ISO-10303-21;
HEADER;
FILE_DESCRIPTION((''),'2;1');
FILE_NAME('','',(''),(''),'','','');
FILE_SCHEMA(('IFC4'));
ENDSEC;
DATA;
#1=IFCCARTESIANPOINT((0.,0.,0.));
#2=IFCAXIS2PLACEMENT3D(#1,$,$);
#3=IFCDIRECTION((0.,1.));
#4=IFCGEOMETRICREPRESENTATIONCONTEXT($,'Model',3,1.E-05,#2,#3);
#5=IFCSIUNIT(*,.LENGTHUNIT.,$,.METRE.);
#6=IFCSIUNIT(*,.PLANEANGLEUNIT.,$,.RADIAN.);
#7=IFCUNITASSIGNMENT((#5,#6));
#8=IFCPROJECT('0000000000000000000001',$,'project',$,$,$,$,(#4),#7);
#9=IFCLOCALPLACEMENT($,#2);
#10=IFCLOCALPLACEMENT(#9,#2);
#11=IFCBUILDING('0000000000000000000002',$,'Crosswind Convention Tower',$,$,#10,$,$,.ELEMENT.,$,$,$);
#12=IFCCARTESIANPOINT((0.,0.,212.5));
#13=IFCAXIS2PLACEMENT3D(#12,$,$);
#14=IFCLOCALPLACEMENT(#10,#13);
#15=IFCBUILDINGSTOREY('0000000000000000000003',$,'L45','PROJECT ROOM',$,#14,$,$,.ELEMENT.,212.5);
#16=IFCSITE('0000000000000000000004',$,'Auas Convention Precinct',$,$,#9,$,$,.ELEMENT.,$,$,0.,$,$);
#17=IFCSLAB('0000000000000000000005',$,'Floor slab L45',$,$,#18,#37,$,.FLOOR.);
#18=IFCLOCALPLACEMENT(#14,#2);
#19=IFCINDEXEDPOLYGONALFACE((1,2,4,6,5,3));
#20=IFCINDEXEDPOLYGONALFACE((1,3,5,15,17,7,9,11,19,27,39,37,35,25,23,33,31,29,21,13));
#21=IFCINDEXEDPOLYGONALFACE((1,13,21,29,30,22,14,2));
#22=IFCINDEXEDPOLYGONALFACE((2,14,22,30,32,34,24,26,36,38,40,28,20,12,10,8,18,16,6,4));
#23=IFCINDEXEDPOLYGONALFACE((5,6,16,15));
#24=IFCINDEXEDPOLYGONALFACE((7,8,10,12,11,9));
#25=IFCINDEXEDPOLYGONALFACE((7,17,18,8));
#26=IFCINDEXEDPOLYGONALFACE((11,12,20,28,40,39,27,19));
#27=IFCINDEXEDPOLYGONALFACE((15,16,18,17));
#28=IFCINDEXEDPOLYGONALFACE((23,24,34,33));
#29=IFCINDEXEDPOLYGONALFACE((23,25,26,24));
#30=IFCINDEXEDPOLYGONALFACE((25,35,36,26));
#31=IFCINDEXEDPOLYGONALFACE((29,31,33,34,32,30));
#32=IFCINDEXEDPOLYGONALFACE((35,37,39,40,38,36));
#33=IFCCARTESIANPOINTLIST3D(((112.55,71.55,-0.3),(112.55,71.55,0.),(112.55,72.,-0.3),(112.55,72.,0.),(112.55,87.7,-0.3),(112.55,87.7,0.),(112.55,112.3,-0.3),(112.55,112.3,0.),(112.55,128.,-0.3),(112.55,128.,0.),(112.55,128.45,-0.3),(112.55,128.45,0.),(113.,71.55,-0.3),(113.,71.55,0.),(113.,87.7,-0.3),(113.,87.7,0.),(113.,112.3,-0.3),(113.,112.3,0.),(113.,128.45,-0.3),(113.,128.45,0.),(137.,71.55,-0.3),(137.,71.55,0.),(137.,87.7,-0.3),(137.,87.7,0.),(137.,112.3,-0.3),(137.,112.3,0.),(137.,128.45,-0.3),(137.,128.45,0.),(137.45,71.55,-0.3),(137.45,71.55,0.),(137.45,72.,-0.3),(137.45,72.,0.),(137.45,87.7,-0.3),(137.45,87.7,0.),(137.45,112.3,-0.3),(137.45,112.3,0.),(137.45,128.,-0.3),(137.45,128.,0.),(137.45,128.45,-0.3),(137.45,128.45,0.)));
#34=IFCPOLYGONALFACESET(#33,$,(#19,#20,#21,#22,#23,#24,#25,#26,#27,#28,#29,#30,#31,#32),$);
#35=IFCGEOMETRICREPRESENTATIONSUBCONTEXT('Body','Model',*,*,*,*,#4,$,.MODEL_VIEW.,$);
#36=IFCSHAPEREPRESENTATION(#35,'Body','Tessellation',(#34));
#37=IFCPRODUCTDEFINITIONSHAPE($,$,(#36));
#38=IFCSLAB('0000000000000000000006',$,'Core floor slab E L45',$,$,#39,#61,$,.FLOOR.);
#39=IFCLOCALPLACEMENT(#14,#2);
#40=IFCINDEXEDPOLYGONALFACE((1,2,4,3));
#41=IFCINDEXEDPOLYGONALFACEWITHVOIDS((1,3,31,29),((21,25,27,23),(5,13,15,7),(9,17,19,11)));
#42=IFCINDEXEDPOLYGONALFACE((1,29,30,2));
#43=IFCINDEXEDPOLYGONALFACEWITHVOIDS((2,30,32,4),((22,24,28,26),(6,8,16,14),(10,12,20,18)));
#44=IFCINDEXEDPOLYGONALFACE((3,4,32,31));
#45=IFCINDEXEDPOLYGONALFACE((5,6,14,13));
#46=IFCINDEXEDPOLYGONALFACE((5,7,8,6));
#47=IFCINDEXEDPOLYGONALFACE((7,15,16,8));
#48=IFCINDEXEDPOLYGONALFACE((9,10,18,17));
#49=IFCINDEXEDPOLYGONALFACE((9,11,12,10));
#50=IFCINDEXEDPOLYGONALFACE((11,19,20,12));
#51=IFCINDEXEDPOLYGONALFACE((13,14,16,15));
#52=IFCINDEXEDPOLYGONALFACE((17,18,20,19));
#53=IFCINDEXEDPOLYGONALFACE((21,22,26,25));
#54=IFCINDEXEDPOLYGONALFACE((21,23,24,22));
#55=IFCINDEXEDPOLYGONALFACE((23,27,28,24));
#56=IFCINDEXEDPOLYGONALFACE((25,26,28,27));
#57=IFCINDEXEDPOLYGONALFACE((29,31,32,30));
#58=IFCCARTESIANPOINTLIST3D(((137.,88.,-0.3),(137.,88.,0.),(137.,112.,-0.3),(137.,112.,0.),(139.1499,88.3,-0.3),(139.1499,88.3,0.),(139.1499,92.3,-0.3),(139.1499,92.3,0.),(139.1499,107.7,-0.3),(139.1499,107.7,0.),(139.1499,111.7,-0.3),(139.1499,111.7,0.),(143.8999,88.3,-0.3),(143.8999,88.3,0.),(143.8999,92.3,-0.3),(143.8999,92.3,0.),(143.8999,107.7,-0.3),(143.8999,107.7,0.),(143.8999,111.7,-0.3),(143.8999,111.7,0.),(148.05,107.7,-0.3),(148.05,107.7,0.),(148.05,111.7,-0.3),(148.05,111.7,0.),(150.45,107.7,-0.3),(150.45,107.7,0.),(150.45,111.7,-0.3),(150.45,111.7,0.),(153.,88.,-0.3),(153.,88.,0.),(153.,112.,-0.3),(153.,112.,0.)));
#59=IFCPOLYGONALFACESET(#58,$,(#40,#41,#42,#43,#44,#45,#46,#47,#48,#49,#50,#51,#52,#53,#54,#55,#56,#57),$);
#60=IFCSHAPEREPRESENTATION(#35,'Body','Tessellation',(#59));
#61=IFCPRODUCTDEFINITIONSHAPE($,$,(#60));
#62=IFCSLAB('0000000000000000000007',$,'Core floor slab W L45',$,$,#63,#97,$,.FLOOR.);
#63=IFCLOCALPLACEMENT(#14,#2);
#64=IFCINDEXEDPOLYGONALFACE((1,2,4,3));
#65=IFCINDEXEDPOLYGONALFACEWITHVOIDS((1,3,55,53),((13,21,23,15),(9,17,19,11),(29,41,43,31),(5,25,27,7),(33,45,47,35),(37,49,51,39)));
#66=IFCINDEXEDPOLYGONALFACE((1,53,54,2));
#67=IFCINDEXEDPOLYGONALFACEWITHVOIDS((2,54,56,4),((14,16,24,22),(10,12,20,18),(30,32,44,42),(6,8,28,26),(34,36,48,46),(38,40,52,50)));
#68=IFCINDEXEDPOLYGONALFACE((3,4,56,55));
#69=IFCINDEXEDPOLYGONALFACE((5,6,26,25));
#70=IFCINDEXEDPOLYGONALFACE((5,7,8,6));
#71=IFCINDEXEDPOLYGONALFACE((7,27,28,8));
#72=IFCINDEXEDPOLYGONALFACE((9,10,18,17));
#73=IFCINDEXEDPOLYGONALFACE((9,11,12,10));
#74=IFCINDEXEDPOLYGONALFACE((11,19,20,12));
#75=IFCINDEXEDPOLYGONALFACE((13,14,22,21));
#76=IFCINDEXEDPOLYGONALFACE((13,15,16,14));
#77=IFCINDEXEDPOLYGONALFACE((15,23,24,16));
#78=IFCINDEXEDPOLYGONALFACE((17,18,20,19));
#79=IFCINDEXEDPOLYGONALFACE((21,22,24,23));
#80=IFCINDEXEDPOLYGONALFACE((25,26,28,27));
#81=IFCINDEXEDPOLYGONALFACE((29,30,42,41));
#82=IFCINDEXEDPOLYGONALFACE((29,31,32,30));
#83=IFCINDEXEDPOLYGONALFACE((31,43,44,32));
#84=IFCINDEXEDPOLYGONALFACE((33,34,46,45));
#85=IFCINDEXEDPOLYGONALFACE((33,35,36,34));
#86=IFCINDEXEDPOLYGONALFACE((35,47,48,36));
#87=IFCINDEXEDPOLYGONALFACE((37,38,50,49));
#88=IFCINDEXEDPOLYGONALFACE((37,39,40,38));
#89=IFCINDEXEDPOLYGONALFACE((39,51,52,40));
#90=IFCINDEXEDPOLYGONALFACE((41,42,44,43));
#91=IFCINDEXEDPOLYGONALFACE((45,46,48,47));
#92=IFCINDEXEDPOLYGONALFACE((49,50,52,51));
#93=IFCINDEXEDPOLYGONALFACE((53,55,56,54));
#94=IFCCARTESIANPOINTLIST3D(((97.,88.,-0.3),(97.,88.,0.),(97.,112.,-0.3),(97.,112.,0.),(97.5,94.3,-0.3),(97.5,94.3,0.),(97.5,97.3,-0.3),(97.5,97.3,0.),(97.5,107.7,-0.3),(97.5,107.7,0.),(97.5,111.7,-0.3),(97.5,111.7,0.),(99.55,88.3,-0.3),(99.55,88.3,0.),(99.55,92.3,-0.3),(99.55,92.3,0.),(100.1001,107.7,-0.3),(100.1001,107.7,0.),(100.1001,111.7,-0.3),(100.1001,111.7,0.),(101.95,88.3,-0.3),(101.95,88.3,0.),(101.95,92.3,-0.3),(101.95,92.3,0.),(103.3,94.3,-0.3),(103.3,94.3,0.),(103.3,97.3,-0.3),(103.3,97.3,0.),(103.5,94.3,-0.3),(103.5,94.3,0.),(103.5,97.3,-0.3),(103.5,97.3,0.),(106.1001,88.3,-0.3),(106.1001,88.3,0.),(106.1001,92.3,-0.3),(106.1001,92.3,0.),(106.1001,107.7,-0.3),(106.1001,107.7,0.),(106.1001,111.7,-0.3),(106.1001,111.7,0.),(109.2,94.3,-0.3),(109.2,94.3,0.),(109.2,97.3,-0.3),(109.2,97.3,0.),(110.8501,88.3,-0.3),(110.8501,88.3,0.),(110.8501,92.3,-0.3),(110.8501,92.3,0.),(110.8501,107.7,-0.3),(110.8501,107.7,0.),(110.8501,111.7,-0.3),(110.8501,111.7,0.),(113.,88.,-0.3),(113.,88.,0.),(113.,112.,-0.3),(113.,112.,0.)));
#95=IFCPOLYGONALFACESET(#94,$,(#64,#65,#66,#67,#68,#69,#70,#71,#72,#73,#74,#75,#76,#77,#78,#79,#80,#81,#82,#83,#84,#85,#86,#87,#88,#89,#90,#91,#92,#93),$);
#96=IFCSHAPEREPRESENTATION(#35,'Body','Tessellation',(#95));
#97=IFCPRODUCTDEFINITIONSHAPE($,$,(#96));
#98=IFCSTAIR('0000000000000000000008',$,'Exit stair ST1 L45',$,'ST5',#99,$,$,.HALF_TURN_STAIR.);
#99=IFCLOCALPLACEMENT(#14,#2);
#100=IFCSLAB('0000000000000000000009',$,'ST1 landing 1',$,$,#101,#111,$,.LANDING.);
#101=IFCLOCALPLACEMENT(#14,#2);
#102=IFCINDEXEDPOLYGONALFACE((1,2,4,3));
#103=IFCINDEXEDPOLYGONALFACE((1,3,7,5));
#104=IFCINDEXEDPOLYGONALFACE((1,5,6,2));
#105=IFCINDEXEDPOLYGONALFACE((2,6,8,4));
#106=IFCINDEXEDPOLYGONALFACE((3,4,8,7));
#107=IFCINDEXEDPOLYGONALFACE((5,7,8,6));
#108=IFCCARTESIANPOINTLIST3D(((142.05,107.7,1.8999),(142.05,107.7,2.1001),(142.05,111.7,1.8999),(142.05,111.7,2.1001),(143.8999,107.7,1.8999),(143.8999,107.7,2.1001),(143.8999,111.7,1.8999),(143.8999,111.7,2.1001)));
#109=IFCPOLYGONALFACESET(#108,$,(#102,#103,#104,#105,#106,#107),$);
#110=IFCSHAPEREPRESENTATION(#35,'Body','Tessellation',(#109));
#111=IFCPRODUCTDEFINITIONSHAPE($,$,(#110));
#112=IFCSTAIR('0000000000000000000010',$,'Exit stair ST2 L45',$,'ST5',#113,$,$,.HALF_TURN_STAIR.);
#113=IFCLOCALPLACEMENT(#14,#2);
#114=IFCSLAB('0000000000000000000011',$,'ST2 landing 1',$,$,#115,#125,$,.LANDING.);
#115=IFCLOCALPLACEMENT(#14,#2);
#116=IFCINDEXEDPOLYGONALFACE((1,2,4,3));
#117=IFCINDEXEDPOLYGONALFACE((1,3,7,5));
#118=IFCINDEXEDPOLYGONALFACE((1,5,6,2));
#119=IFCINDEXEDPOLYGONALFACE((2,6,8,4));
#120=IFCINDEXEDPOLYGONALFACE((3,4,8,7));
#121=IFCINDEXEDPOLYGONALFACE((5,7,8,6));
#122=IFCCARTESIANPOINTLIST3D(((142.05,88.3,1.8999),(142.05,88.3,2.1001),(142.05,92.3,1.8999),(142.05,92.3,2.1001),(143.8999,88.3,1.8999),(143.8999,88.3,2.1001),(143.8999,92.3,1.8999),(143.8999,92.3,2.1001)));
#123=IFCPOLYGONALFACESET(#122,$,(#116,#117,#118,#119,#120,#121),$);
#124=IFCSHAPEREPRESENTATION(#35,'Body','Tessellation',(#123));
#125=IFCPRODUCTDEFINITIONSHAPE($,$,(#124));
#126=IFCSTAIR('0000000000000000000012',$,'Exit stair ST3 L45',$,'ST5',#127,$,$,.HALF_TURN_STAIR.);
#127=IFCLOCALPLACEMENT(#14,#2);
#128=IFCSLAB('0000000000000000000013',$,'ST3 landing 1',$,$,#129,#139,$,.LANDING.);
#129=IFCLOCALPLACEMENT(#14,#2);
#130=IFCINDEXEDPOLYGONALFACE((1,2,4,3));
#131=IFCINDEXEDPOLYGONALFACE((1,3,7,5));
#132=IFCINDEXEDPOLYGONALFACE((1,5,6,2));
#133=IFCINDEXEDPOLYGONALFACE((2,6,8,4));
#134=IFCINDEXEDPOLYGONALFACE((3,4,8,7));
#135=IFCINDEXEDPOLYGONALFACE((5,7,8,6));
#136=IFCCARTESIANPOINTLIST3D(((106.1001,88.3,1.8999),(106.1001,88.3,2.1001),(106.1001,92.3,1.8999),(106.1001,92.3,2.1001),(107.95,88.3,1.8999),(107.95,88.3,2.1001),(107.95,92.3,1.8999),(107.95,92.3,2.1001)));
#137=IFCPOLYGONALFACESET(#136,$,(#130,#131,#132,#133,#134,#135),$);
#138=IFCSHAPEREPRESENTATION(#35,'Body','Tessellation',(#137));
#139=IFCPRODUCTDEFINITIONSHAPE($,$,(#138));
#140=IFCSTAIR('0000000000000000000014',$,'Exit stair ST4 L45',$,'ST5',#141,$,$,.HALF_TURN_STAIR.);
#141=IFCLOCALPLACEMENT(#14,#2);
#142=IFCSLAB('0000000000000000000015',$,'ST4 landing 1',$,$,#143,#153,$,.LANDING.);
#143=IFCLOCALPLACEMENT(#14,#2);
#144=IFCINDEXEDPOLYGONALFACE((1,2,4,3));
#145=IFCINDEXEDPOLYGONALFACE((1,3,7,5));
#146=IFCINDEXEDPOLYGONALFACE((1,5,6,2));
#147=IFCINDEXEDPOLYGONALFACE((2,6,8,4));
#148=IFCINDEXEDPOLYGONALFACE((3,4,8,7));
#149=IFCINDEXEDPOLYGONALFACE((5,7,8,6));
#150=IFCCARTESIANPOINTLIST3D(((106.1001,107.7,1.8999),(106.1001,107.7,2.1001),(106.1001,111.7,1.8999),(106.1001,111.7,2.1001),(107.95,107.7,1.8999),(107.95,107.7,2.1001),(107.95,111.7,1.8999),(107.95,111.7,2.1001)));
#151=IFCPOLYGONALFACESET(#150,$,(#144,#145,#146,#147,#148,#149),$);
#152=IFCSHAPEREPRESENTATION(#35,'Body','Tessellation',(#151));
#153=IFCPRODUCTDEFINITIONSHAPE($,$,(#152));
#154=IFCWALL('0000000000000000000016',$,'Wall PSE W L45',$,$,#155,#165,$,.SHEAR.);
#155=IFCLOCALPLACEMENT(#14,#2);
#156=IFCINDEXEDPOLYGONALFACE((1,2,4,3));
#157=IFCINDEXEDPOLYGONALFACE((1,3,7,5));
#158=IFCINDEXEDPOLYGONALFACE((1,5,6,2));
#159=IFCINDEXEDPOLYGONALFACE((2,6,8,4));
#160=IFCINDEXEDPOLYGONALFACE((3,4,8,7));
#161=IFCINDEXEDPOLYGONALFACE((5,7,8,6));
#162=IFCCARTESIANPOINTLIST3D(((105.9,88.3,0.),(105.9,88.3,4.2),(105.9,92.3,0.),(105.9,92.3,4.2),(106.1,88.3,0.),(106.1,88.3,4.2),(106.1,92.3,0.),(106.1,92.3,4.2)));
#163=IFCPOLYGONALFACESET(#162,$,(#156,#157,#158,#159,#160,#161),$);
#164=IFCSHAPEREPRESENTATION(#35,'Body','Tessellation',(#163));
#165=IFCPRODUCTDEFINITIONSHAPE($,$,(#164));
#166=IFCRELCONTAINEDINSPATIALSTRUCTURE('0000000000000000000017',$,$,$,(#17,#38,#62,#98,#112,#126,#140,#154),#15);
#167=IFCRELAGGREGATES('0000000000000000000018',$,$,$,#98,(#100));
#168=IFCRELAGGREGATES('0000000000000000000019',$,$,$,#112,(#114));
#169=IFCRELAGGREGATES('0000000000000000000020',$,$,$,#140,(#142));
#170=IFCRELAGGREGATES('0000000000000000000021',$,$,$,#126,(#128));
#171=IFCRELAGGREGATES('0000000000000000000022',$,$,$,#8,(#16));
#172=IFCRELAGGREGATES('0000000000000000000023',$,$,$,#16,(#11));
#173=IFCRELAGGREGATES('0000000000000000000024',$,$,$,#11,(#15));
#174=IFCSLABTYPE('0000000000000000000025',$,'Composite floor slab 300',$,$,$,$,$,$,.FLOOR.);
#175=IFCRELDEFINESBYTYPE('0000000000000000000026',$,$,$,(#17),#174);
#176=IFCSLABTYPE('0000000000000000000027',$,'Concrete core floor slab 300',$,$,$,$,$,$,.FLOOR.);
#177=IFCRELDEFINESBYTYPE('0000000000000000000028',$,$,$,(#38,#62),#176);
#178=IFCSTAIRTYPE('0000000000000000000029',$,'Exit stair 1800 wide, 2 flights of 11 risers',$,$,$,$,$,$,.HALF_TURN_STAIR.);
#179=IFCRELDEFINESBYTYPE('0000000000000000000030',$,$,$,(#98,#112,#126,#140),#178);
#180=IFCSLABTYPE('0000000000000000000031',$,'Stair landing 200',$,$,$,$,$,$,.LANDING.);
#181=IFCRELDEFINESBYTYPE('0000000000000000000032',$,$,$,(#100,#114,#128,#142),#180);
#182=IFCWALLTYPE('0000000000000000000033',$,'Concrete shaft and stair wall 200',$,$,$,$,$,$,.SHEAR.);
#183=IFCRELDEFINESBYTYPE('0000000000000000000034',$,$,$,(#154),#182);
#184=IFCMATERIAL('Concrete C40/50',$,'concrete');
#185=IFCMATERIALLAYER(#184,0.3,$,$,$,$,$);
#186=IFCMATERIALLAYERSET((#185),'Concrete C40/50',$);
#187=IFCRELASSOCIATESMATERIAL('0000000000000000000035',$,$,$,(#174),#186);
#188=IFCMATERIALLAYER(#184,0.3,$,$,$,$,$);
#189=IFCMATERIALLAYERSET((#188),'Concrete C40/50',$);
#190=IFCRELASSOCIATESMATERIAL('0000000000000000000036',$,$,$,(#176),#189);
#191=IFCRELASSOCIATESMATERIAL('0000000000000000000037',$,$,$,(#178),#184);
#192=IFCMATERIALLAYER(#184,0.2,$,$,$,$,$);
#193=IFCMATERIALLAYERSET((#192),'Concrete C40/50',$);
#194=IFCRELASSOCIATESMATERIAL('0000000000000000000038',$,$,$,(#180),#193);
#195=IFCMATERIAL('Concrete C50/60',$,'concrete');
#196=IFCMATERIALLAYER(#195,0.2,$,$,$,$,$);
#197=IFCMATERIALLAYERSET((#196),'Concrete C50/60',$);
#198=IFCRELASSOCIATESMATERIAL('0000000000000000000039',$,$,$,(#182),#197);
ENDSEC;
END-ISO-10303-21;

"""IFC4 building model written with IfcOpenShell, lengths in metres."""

from ifc_helpers import new_model, si_unit, direction, frame, frame_2d, origin, place, context, subcontext, project, spatial, polyline, rectangle, outline, extrude, material, layer, layer_set, type_object, element, aggregate, save


model = new_model("IFC4")

# Units and contexts
model_context = context("Model", 3, precision=1e-05, world=origin(), true_north=direction((0.0, 1.0)))
body_context = subcontext(model_context, "Body", "Model", "MODEL_VIEW")
ifc_project = project(units=[si_unit("LENGTHUNIT", "METRE"), si_unit("PLANEANGLEUNIT", "RADIAN")], contexts=[model_context])

# Site, building, storey
site_placement = place(None, origin())
site = spatial("IfcSite", under=ifc_project, at=site_placement, Name="Auas Convention Precinct", CompositionType="ELEMENT", RefElevation=0.0)
building_placement = place(site_placement, origin())
building = spatial("IfcBuilding", under=site, at=building_placement, Name="Crosswind Convention Tower", CompositionType="ELEMENT")
storey_placement = place(building_placement, frame((0.0, 0.0, 212.5)))
storey = spatial("IfcBuildingStorey", under=building, at=storey_placement, Name="L45", Description="PROJECT ROOM", CompositionType="ELEMENT", Elevation=212.5)

# Slabs
ifc_material_1 = material(Name="Concrete C40/50", Category="concrete")
ifc_layer_1 = layer(ifc_material_1, 0.3)
ifc_layer_set_1 = layer_set([ifc_layer_1], Name="Concrete C40/50")
slab_type_1 = type_object("IfcSlabType", Name="Composite floor slab 300", PredefinedType="FLOOR", material=ifc_layer_set_1)
slab_1_placement = place(storey_placement, frame((0.0, 0.0, -0.3)))
element("IfcSlab", 1, at=slab_1_placement, inside=storey, type_object=slab_type_1, Name="Floor slab L45", PredefinedType="FLOOR", context=body_context, shape_type="SweptSolid", body=[
    extrude(outline(polyline([(137.45, 71.55), (137.0, 71.55), (113.0, 71.55), (112.55, 71.55), (112.55, 72.0), (112.55, 87.7), (113.0, 87.7), (113.0, 112.3), (112.55, 112.3), (112.55, 128.0), (112.55, 128.45), (113.0, 128.45), (137.0, 128.45), (137.45, 128.45), (137.45, 128.0), (137.45, 112.3), (137.0, 112.3), (137.0, 87.7), (137.45, 87.7), (137.45, 72.0), (137.45, 71.55)])), origin(), (0.0, 0.0, 1.0), 0.3),
])
ifc_layer_2 = layer(ifc_material_1, 0.3)
ifc_layer_set_2 = layer_set([ifc_layer_2], Name="Concrete C40/50")
slab_type_2 = type_object("IfcSlabType", Name="Concrete core floor slab 300", PredefinedType="FLOOR", material=ifc_layer_set_2)
slab_2_placement = place(storey_placement, frame((0.0, 0.0, -0.3)))
element("IfcSlab", 2, at=slab_2_placement, inside=storey, type_object=slab_type_2, Name="Core floor slab E L45", PredefinedType="FLOOR", context=body_context, shape_type="SweptSolid", body=[
    extrude(outline(polyline([(137.0, 88.0), (153.0, 88.0), (153.0, 112.0), (137.0, 112.0), (137.0, 88.0)]), holes=[polyline([(150.45, 107.7), (150.45, 111.7), (148.05, 111.7), (148.05, 107.7), (150.45, 107.7)]), polyline([(143.8999, 107.7), (143.8999, 111.7), (139.1499, 111.7), (139.1499, 107.7), (143.8999, 107.7)]), polyline([(143.8999, 88.3), (143.8999, 92.3), (139.1499, 92.3), (139.1499, 88.3), (143.8999, 88.3)])]), origin(), (0.0, 0.0, 1.0), 0.3),
])
slab_3_placement = place(storey_placement, frame((0.0, 0.0, -0.3)))
element("IfcSlab", 3, at=slab_3_placement, inside=storey, type_object=slab_type_2, Name="Core floor slab W L45", PredefinedType="FLOOR", context=body_context, shape_type="SweptSolid", body=[
    extrude(outline(polyline([(97.0, 88.0), (113.0, 88.0), (113.0, 112.0), (97.0, 112.0), (97.0, 88.0)]), holes=[polyline([(109.2, 94.3), (109.2, 97.3), (103.5, 97.3), (103.5, 94.3), (109.2, 94.3)]), polyline([(103.3, 94.3), (103.3, 97.3), (97.5, 97.3), (97.5, 94.3), (103.3, 94.3)]), polyline([(101.95, 88.3), (101.95, 92.3), (99.55, 92.3), (99.55, 88.3), (101.95, 88.3)]), polyline([(100.1001, 107.7), (100.1001, 111.7), (97.5, 111.7), (97.5, 107.7), (100.1001, 107.7)]), polyline([(110.8501, 88.3), (110.8501, 92.3), (106.1001, 92.3), (106.1001, 88.3), (110.8501, 88.3)]), polyline([(110.8501, 107.7), (110.8501, 111.7), (106.1001, 111.7), (106.1001, 107.7), (110.8501, 107.7)])]), origin(), (0.0, 0.0, 1.0), 0.3),
])

# Stairs, slabs
stair_type = type_object("IfcStairType", Name="Exit stair 1800 wide, 2 flights of 11 risers", PredefinedType="HALF_TURN_STAIR", material=ifc_material_1)
stair_1_placement = place(storey_placement, origin())
stair_1 = element("IfcStair", 4, at=stair_1_placement, inside=storey, type_object=stair_type, Name="Exit stair ST1 L45", ObjectType="ST5", PredefinedType="HALF_TURN_STAIR")
ifc_layer_3 = layer(ifc_material_1, 0.2)
ifc_layer_set_3 = layer_set([ifc_layer_3], Name="Concrete C40/50")
slab_type_3 = type_object("IfcSlabType", Name="Stair landing 200", PredefinedType="LANDING", material=ifc_layer_set_3)
slab_4_placement = place(storey_placement, frame((0.0, 0.0, 1.8999)))
slab_4 = element("IfcSlab", 5, at=slab_4_placement, type_object=slab_type_3, Name="ST1 landing 1", PredefinedType="LANDING", context=body_context, shape_type="SweptSolid", body=[
    extrude(outline(polyline([(143.8999, 107.7), (143.8999, 111.7), (142.05, 111.7), (142.05, 107.7), (143.8999, 107.7)])), origin(), (0.0, 0.0, 1.0), 0.2002),
])
aggregate(stair_1, [slab_4])
stair_2_placement = place(storey_placement, origin())
stair_2 = element("IfcStair", 6, at=stair_2_placement, inside=storey, type_object=stair_type, Name="Exit stair ST2 L45", ObjectType="ST5", PredefinedType="HALF_TURN_STAIR")
slab_5_placement = place(storey_placement, frame((0.0, 0.0, 1.8999)))
slab_5 = element("IfcSlab", 7, at=slab_5_placement, type_object=slab_type_3, Name="ST2 landing 1", PredefinedType="LANDING", context=body_context, shape_type="SweptSolid", body=[
    extrude(outline(polyline([(143.8999, 88.3), (143.8999, 92.3), (142.05, 92.3), (142.05, 88.3), (143.8999, 88.3)])), origin(), (0.0, 0.0, 1.0), 0.2002),
])
aggregate(stair_2, [slab_5])
stair_3_placement = place(storey_placement, origin())
stair_3 = element("IfcStair", 8, at=stair_3_placement, inside=storey, type_object=stair_type, Name="Exit stair ST3 L45", ObjectType="ST5", PredefinedType="HALF_TURN_STAIR")
slab_6_placement = place(storey_placement, frame((0.0, 0.0, 1.8999)))
slab_6 = element("IfcSlab", 9, at=slab_6_placement, type_object=slab_type_3, Name="ST3 landing 1", PredefinedType="LANDING", context=body_context, shape_type="SweptSolid", body=[
    extrude(outline(polyline([(107.95, 88.3), (107.95, 92.3), (106.1001, 92.3), (106.1001, 88.3), (107.95, 88.3)])), origin(), (0.0, 0.0, 1.0), 0.2002),
])
stair_4_placement = place(storey_placement, origin())
stair_4 = element("IfcStair", 10, at=stair_4_placement, inside=storey, type_object=stair_type, Name="Exit stair ST4 L45", ObjectType="ST5", PredefinedType="HALF_TURN_STAIR")
slab_7_placement = place(storey_placement, frame((0.0, 0.0, 1.8999)))
slab_7 = element("IfcSlab", 11, at=slab_7_placement, type_object=slab_type_3, Name="ST4 landing 1", PredefinedType="LANDING", context=body_context, shape_type="SweptSolid", body=[
    extrude(outline(polyline([(107.95, 107.7), (107.95, 111.7), (106.1001, 111.7), (106.1001, 107.7), (107.95, 107.7)])), origin(), (0.0, 0.0, 1.0), 0.2002),
])
aggregate(stair_4, [slab_7])

# Wall
ifc_material_2 = material(Name="Concrete C50/60", Category="concrete")
ifc_layer_4 = layer(ifc_material_2, 0.2)
ifc_layer_set_4 = layer_set([ifc_layer_4], Name="Concrete C50/60")
wall_type_1 = type_object("IfcWallType", Name="Concrete shaft and stair wall 200", PredefinedType="SHEAR", material=ifc_layer_set_4)
wall_1_placement = place(storey_placement, frame((106.0, 92.3, 0.0), z_axis=(0.0, 0.0, 1.0), x_axis=(0.0, -1.0, 0.0)))
element("IfcWall", 12, at=wall_1_placement, inside=storey, type_object=wall_type_1, Name="Wall PSE W L45", PredefinedType="SHEAR", context=body_context, shape_type="SweptSolid", body=[
    extrude(rectangle(XDim=4.0, YDim=0.2, at=frame_2d((2.0, 0.0))), origin(), (0.0, 0.0, 1.0), 4.2),
])

aggregate(stair_3, [slab_6])

save(model, "model.ifc")
